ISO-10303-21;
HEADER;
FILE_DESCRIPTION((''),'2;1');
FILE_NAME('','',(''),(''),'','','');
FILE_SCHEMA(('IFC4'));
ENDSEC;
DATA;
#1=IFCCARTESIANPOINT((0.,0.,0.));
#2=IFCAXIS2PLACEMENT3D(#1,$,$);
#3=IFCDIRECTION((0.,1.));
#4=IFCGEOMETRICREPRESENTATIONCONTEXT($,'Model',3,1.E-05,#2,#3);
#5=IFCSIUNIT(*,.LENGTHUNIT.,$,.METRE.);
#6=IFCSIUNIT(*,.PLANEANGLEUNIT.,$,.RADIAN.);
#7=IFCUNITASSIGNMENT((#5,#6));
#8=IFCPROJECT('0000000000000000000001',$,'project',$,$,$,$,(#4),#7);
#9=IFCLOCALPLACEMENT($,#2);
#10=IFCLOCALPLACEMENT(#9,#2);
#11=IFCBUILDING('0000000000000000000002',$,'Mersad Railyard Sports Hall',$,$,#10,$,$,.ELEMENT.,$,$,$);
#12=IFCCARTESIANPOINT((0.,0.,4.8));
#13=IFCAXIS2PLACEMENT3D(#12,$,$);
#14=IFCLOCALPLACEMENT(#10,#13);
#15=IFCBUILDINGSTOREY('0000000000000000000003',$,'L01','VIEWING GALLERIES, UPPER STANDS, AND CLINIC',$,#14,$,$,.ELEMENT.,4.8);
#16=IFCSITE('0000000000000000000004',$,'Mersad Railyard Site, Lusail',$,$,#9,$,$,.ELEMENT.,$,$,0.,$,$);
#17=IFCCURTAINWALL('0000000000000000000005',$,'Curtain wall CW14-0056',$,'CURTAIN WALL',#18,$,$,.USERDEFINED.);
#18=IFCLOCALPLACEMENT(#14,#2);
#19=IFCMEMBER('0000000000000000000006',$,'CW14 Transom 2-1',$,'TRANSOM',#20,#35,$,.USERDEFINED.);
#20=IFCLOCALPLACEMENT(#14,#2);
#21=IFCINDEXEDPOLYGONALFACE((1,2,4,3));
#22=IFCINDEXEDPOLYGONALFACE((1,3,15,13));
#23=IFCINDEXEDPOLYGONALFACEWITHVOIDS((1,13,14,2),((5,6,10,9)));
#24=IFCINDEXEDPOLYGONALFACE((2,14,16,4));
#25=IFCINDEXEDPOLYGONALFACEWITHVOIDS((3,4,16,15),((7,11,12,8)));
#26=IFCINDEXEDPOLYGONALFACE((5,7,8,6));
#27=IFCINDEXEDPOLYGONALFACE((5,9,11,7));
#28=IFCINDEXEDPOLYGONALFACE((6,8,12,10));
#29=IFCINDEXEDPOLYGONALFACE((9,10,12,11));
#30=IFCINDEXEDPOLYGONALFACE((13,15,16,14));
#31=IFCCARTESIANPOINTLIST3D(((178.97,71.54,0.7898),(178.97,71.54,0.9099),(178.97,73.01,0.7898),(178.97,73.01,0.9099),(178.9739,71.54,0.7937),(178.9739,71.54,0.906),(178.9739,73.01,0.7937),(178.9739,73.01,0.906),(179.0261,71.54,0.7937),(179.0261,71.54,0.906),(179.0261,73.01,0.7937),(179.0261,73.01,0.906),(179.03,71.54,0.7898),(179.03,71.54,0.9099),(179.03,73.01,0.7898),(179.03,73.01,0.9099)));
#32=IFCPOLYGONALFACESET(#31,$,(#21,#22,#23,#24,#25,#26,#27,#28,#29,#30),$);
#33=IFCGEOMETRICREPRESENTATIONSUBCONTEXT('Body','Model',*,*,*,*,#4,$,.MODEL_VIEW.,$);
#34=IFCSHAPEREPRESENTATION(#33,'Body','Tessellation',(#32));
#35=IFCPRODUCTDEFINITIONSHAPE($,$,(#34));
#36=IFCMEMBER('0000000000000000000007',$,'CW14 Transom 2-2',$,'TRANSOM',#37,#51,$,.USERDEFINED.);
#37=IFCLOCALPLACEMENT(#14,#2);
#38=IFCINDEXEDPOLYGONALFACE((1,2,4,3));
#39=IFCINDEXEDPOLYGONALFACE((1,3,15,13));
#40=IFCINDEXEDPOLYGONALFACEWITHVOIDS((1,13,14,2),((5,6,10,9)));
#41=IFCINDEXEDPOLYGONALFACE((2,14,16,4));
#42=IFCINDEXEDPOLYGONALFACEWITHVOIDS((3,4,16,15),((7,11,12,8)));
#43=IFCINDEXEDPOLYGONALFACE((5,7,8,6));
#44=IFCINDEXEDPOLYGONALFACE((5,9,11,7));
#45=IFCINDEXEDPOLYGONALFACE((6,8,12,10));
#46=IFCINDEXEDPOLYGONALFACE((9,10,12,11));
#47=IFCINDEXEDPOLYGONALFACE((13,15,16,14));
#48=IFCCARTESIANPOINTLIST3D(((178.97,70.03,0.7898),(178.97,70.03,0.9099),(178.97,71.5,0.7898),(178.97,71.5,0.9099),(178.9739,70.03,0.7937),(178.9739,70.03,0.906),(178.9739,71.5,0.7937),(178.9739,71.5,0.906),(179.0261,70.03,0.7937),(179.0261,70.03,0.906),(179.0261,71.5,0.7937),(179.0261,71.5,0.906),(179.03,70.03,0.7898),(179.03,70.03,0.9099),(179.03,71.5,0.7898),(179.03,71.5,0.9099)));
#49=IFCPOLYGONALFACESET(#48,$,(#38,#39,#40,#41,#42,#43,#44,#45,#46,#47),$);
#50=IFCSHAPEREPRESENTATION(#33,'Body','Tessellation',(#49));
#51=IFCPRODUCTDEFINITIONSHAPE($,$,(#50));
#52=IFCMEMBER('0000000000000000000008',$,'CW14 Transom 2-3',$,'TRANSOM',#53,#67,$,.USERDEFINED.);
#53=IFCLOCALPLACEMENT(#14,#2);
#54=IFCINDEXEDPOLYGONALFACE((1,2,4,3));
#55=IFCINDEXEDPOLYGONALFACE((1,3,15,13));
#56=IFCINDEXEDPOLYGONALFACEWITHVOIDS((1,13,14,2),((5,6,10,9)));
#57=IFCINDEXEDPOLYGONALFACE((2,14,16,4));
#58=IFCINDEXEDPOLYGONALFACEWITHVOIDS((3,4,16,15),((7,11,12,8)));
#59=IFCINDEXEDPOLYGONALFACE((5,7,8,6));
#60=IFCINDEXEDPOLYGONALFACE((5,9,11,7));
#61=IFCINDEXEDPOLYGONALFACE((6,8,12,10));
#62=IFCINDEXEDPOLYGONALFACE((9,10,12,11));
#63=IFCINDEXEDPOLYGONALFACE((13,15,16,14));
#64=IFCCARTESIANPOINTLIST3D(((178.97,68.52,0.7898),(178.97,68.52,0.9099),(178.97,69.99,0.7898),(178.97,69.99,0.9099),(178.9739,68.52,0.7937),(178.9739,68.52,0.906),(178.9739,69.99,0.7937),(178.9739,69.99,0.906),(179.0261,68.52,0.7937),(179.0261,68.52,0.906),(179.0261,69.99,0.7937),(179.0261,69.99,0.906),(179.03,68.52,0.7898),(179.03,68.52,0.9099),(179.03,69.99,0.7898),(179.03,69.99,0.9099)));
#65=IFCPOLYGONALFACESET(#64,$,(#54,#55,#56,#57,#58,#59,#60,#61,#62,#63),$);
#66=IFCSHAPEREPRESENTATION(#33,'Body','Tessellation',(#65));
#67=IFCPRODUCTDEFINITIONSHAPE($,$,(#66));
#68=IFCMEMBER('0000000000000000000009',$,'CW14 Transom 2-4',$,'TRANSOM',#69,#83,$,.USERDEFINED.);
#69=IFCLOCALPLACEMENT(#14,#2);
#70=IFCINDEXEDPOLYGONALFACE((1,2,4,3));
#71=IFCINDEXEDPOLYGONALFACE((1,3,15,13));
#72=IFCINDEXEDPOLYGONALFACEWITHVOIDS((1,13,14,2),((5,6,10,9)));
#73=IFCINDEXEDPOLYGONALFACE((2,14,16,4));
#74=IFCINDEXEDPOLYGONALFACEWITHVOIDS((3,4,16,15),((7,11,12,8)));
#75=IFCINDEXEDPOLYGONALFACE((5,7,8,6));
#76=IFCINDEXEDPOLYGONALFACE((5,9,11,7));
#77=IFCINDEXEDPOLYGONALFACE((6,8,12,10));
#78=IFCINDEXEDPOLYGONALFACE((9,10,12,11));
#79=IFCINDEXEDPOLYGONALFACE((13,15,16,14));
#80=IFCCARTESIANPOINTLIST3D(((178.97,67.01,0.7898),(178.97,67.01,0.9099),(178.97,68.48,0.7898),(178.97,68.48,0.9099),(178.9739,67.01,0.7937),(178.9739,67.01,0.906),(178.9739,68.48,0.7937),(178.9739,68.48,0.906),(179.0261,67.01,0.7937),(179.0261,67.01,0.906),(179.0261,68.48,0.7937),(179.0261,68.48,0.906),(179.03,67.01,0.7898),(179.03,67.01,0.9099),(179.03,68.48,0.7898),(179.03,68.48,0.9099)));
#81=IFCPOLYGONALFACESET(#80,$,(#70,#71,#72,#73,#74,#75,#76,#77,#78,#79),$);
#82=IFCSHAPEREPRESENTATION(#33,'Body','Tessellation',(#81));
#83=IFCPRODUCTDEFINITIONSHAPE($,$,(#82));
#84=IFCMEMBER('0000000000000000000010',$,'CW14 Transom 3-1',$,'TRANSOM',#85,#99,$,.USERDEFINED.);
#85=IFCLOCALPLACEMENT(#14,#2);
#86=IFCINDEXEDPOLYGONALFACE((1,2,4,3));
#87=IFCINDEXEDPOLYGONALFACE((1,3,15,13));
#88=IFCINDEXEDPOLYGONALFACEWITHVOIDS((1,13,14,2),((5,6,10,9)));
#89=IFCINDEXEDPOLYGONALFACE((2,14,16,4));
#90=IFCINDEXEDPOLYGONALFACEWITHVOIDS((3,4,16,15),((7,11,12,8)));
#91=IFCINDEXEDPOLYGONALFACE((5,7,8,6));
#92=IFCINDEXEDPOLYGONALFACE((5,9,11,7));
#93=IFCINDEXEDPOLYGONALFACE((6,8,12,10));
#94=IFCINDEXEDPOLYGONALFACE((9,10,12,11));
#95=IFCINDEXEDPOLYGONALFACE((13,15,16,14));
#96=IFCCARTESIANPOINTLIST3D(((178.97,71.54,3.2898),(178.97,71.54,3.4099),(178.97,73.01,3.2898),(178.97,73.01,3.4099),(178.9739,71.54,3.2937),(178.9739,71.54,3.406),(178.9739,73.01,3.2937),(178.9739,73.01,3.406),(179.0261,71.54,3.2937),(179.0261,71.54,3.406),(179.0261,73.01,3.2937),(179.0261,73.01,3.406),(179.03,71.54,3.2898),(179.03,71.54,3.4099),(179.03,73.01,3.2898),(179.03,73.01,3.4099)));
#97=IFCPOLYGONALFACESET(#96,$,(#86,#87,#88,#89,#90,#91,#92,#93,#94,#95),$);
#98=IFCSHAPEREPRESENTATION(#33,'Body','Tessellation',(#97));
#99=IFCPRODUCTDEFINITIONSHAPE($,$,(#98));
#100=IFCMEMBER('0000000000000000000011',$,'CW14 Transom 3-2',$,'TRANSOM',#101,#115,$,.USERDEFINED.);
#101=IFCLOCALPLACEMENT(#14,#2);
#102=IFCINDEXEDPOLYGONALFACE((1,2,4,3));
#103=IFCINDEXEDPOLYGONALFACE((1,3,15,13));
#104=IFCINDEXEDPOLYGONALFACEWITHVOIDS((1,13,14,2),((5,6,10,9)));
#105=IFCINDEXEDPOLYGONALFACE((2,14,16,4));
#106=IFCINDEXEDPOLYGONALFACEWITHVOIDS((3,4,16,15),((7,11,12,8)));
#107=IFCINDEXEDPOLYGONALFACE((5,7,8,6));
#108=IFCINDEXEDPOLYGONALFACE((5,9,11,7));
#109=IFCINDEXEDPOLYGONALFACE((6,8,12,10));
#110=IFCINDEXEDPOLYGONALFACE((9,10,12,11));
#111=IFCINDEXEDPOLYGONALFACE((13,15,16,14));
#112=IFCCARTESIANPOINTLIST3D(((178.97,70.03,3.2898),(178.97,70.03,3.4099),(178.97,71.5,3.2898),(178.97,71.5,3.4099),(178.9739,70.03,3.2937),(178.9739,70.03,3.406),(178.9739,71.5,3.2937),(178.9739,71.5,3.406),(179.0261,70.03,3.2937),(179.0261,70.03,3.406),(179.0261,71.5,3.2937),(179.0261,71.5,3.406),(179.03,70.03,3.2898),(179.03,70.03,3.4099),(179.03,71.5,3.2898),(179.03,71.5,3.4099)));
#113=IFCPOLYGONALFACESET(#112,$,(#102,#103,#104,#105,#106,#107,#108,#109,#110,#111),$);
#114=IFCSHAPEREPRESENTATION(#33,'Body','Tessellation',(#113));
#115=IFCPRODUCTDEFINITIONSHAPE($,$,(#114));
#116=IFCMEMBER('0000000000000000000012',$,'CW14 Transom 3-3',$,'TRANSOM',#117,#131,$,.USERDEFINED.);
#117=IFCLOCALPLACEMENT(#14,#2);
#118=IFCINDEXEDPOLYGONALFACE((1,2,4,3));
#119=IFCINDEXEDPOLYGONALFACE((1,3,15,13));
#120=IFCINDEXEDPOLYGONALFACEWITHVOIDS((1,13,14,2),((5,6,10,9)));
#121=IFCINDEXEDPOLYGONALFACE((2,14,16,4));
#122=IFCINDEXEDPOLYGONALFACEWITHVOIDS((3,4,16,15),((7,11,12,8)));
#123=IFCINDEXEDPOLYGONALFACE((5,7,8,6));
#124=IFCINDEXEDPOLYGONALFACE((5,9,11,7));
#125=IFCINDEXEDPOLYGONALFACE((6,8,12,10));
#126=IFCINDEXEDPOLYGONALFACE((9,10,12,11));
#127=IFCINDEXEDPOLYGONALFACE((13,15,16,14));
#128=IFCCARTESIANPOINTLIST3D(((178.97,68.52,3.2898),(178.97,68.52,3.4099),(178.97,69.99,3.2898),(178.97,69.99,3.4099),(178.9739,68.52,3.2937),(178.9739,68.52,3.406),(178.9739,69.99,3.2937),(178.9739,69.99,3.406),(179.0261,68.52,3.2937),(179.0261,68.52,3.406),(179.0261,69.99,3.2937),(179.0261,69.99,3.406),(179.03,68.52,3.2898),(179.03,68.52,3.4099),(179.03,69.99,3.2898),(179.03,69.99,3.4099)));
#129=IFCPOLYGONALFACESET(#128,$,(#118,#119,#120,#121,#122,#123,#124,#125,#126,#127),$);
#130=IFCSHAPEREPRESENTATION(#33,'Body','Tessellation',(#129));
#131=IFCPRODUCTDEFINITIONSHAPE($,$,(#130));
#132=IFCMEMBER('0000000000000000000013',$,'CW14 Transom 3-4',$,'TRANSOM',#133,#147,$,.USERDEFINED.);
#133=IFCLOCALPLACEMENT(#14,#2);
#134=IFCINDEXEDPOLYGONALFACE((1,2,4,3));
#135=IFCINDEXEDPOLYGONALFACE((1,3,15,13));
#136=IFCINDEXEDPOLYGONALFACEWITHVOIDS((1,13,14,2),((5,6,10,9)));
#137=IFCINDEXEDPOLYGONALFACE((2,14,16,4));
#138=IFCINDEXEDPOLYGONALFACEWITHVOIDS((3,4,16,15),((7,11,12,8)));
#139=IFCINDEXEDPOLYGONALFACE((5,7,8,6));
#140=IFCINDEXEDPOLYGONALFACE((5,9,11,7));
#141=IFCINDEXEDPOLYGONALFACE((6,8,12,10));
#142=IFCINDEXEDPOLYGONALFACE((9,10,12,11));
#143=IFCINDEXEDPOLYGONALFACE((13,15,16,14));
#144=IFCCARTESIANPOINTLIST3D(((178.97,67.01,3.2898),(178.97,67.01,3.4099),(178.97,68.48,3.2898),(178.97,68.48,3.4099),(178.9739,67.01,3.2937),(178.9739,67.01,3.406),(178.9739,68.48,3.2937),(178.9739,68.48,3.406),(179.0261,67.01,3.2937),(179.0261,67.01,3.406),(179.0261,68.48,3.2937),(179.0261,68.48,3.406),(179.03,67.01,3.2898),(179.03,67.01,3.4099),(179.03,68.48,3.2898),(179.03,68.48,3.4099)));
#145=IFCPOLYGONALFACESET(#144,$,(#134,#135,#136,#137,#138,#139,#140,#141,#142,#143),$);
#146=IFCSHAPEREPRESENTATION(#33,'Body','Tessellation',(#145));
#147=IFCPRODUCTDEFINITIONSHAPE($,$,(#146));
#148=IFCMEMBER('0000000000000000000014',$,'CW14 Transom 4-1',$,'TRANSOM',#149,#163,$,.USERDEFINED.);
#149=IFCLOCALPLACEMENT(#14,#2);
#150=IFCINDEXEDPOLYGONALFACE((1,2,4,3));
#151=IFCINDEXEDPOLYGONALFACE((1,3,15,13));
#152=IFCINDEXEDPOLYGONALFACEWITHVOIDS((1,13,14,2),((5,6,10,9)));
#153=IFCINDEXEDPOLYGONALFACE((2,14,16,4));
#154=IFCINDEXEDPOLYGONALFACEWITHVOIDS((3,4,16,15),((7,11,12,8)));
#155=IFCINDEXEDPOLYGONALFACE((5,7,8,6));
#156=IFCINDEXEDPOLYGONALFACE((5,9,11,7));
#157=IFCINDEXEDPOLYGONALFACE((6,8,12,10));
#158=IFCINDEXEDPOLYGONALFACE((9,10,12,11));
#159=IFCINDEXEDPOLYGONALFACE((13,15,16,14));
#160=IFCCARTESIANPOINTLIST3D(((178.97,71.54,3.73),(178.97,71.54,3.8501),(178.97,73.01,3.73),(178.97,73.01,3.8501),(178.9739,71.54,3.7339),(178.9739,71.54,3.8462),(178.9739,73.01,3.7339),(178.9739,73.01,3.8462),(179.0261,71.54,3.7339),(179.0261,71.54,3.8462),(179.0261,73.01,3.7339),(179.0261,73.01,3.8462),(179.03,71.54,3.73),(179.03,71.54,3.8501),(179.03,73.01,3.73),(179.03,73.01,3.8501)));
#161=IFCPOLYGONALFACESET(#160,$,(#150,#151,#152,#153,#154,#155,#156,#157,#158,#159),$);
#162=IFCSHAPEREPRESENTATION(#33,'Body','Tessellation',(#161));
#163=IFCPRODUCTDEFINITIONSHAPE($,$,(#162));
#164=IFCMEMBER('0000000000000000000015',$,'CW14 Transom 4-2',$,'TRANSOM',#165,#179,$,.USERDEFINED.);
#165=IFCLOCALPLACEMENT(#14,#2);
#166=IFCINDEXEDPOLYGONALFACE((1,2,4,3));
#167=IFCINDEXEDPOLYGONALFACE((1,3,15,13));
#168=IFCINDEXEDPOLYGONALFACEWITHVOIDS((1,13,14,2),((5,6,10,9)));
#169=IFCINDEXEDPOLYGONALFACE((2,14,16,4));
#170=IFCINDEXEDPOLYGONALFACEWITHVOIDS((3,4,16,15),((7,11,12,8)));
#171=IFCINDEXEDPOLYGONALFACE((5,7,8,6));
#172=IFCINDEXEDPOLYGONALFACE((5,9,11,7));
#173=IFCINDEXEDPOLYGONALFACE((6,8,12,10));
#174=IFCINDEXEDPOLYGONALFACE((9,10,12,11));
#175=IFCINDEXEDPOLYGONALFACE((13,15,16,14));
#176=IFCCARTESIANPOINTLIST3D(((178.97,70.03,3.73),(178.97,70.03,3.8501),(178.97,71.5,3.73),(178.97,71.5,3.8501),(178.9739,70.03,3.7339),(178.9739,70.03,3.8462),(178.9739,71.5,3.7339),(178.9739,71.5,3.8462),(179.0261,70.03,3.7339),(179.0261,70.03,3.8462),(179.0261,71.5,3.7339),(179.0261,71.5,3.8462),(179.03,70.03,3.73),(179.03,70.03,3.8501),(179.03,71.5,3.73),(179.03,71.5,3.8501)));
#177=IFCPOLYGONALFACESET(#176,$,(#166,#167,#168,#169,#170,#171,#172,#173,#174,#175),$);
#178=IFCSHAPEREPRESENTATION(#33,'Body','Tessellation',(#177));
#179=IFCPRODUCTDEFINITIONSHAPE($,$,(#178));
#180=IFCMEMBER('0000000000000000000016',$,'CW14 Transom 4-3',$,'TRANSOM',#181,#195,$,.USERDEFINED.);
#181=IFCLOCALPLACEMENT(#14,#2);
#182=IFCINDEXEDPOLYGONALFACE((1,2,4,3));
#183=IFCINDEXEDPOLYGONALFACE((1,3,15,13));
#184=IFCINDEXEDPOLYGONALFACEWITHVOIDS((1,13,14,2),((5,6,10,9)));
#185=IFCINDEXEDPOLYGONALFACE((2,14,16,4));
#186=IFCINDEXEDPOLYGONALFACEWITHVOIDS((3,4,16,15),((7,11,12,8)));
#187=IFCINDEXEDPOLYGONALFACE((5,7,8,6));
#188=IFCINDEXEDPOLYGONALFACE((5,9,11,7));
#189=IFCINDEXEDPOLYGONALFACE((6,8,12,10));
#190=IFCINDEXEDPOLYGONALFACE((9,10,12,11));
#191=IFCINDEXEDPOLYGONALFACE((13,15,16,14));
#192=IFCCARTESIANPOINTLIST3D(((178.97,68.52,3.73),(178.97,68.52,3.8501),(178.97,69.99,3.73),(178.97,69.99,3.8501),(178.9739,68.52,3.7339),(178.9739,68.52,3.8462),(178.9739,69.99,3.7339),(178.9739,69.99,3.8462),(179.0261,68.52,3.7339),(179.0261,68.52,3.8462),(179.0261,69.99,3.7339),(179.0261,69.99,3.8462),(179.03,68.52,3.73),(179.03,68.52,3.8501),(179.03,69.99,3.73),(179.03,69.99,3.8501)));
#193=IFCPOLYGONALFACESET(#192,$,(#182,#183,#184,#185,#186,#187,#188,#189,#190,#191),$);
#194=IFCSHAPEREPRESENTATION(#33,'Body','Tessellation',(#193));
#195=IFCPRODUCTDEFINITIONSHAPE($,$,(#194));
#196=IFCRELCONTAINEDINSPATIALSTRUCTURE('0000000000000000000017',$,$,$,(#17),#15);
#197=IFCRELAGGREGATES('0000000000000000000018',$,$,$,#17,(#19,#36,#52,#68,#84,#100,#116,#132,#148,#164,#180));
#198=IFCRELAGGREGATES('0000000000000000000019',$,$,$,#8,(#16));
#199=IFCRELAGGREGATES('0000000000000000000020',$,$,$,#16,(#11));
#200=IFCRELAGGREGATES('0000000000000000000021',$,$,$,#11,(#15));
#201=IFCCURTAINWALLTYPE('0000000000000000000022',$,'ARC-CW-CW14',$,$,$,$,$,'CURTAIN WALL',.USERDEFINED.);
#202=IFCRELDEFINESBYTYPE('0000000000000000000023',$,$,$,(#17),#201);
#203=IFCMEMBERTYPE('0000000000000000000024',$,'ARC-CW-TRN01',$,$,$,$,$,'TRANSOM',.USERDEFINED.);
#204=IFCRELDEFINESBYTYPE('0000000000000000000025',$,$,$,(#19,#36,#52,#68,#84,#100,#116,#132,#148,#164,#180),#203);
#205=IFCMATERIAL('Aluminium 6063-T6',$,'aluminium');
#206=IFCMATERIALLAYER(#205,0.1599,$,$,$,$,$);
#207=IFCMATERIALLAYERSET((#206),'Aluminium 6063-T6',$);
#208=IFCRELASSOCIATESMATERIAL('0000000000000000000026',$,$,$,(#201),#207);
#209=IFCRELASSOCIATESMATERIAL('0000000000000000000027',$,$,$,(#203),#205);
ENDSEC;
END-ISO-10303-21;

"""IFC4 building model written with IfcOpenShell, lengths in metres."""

from ifc_helpers import new_model, si_unit, direction, frame, origin, origin_2d, place, context, subcontext, project, spatial, hollow_rectangle, extrude, material, layer, layer_set, material_profile, profile_set, type_object, element, aggregate, save


model = new_model("IFC4")

# Units and contexts
model_context = context("Model", 3, precision=1e-05, world=origin(), true_north=direction((0.0, 1.0)))
body_context = subcontext(model_context, "Body", "Model", "MODEL_VIEW")
ifc_project = project(units=[si_unit("LENGTHUNIT", "METRE"), si_unit("PLANEANGLEUNIT", "RADIAN")], contexts=[model_context])

# Site, building, storey
site_placement = place(None, origin())
site = spatial("IfcSite", under=ifc_project, at=site_placement, Name="Mersad Railyard Site, Lusail", CompositionType="ELEMENT", RefElevation=0.0)
building_placement = place(site_placement, origin())
building = spatial("IfcBuilding", under=site, at=building_placement, Name="Mersad Railyard Sports Hall", CompositionType="ELEMENT")
storey_placement = place(building_placement, frame((0.0, 0.0, 4.8)))
storey = spatial("IfcBuildingStorey", under=building, at=storey_placement, Name="L01", Description="VIEWING GALLERIES, UPPER STANDS, AND CLINIC", CompositionType="ELEMENT", Elevation=4.8)

# Curtain wall
ifc_material_1 = material(Name="Aluminium 6063-T6", Category="aluminium")
ifc_layer_1 = layer(ifc_material_1, 0.1599)
ifc_layer_set_1 = layer_set([ifc_layer_1], Name="Aluminium 6063-T6")
curtain_wall_type_1 = type_object("IfcCurtainWallType", Name="ARC-CW-CW14", ElementType="CURTAIN WALL", PredefinedType="USERDEFINED", material=ifc_layer_set_1)
curtain_wall_1_placement = place(storey_placement, origin())
curtain_wall_1 = element("IfcCurtainWall", 1, at=curtain_wall_1_placement, inside=storey, type_object=curtain_wall_type_1, Name="Curtain wall CW14-0056", ObjectType="CURTAIN WALL", PredefinedType="USERDEFINED")

# Members
ifc_material_profile_1 = material_profile(ifc_material_1, hollow_rectangle(XDim=0.0601, YDim=0.1201, WallThickness=0.0039, at=origin_2d()), Name="AL TRANSOM 60x120x4")
ifc_profile_set_1 = profile_set([ifc_material_profile_1], Name="Aluminium 6063-T6")
member_type_1 = type_object("IfcMemberType", Name="ARC-CW-TRN01", ElementType="TRANSOM", PredefinedType="USERDEFINED", material=ifc_profile_set_1)
member_1_placement = place(storey_placement, frame((179.0, 73.01, 0.8499), z_axis=(0.0, -1.0, 0.0), x_axis=(1.0, 0.0, 0.0)))
member_1 = element("IfcMember", 2, at=member_1_placement, type_object=member_type_1, Name="CW14 Transom 2-1", ObjectType="TRANSOM", PredefinedType="USERDEFINED", context=body_context, shape_type="SweptSolid", body=[
    extrude(hollow_rectangle(XDim=0.0601, YDim=0.1201, WallThickness=0.0039, at=origin_2d()), origin(), (0.0, 0.0, 1.0), 1.47),
])
member_2_placement = place(storey_placement, frame((179.0, 71.5, 0.8499), z_axis=(0.0, -1.0, 0.0), x_axis=(1.0, 0.0, 0.0)))
member_2 = element("IfcMember", 3, at=member_2_placement, type_object=member_type_1, Name="CW14 Transom 2-2", ObjectType="TRANSOM", PredefinedType="USERDEFINED", context=body_context, shape_type="SweptSolid", body=[
    extrude(hollow_rectangle(XDim=0.0601, YDim=0.1201, WallThickness=0.0039, at=origin_2d()), origin(), (0.0, 0.0, 1.0), 1.47),
])
member_3_placement = place(storey_placement, frame((179.0, 69.99, 0.8499), z_axis=(0.0, -1.0, 0.0), x_axis=(1.0, 0.0, 0.0)))
member_3 = element("IfcMember", 4, at=member_3_placement, type_object=member_type_1, Name="CW14 Transom 2-3", ObjectType="TRANSOM", PredefinedType="USERDEFINED", context=body_context, shape_type="SweptSolid", body=[
    extrude(hollow_rectangle(XDim=0.0601, YDim=0.1201, WallThickness=0.0039, at=origin_2d()), origin(), (0.0, 0.0, 1.0), 1.47),
])
member_4_placement = place(storey_placement, frame((179.0, 68.48, 0.8499), z_axis=(0.0, -1.0, 0.0), x_axis=(1.0, 0.0, 0.0)))
member_4 = element("IfcMember", 5, at=member_4_placement, type_object=member_type_1, Name="CW14 Transom 2-4", ObjectType="TRANSOM", PredefinedType="USERDEFINED", context=body_context, shape_type="SweptSolid", body=[
    extrude(hollow_rectangle(XDim=0.0601, YDim=0.1201, WallThickness=0.0039, at=origin_2d()), origin(), (0.0, 0.0, 1.0), 1.47),
])
member_5_placement = place(storey_placement, frame((179.0, 73.01, 3.3499), z_axis=(0.0, -1.0, 0.0), x_axis=(1.0, 0.0, 0.0)))
member_5 = element("IfcMember", 6, at=member_5_placement, type_object=member_type_1, Name="CW14 Transom 3-1", ObjectType="TRANSOM", PredefinedType="USERDEFINED", context=body_context, shape_type="SweptSolid", body=[
    extrude(hollow_rectangle(XDim=0.0601, YDim=0.1201, WallThickness=0.0039, at=origin_2d()), origin(), (0.0, 0.0, 1.0), 1.47),
])
member_6_placement = place(storey_placement, frame((179.0, 71.5, 3.3499), z_axis=(0.0, -1.0, 0.0), x_axis=(1.0, 0.0, 0.0)))
member_6 = element("IfcMember", 7, at=member_6_placement, type_object=member_type_1, Name="CW14 Transom 3-2", ObjectType="TRANSOM", PredefinedType="USERDEFINED", context=body_context, shape_type="SweptSolid", body=[
    extrude(hollow_rectangle(XDim=0.0601, YDim=0.1201, WallThickness=0.0039, at=origin_2d()), origin(), (0.0, 0.0, 1.0), 1.47),
])
member_7_placement = place(storey_placement, frame((179.0, 69.99, 3.3499), z_axis=(0.0, -1.0, 0.0), x_axis=(1.0, 0.0, 0.0)))
member_7 = element("IfcMember", 8, at=member_7_placement, type_object=member_type_1, Name="CW14 Transom 3-3", ObjectType="TRANSOM", PredefinedType="USERDEFINED", context=body_context, shape_type="SweptSolid", body=[
    extrude(hollow_rectangle(XDim=0.0601, YDim=0.1201, WallThickness=0.0039, at=origin_2d()), origin(), (0.0, 0.0, 1.0), 1.47),
])
member_8_placement = place(storey_placement, frame((179.0, 68.48, 3.3499), z_axis=(0.0, -1.0, 0.0), x_axis=(1.0, 0.0, 0.0)))
member_8 = element("IfcMember", 9, at=member_8_placement, type_object=member_type_1, Name="CW14 Transom 3-4", ObjectType="TRANSOM", PredefinedType="USERDEFINED", context=body_context, shape_type="SweptSolid", body=[
    extrude(hollow_rectangle(XDim=0.0601, YDim=0.1201, WallThickness=0.0039, at=origin_2d()), origin(), (0.0, 0.0, 1.0), 1.47),
])
member_9_placement = place(storey_placement, frame((179.0, 73.01, 3.79), z_axis=(0.0, -1.0, 0.0), x_axis=(1.0, 0.0, 0.0)))
member_9 = element("IfcMember", 10, at=member_9_placement, type_object=member_type_1, Name="CW14 Transom 4-1", ObjectType="TRANSOM", PredefinedType="USERDEFINED", context=body_context, shape_type="SweptSolid", body=[
    extrude(hollow_rectangle(XDim=0.0601, YDim=0.1201, WallThickness=0.0039, at=origin_2d()), origin(), (0.0, 0.0, 1.0), 1.47),
])
member_10_placement = place(storey_placement, frame((179.0, 71.5, 3.79), z_axis=(0.0, -1.0, 0.0), x_axis=(1.0, 0.0, 0.0)))
member_10 = element("IfcMember", 11, at=member_10_placement, type_object=member_type_1, Name="CW14 Transom 4-2", ObjectType="TRANSOM", PredefinedType="USERDEFINED", context=body_context, shape_type="SweptSolid", body=[
    extrude(hollow_rectangle(XDim=0.0601, YDim=0.1201, WallThickness=0.0039, at=origin_2d()), origin(), (0.0, 0.0, 1.0), 1.47),
])
member_11_placement = place(storey_placement, frame((179.0, 69.99, 3.79), z_axis=(0.0, -1.0, 0.0), x_axis=(1.0, 0.0, 0.0)))
member_11 = element("IfcMember", 12, at=member_11_placement, type_object=member_type_1, Name="CW14 Transom 4-3", ObjectType="TRANSOM", PredefinedType="USERDEFINED", context=body_context, shape_type="SweptSolid", body=[
    extrude(hollow_rectangle(XDim=0.0601, YDim=0.1201, WallThickness=0.0039, at=origin_2d()), origin(), (0.0, 0.0, 1.0), 1.47),
])

aggregate(curtain_wall_1, [member_1, member_2, member_3, member_4, member_5, member_6, member_7, member_8, member_9, member_10, member_11])

save(model, "model.ifc")
